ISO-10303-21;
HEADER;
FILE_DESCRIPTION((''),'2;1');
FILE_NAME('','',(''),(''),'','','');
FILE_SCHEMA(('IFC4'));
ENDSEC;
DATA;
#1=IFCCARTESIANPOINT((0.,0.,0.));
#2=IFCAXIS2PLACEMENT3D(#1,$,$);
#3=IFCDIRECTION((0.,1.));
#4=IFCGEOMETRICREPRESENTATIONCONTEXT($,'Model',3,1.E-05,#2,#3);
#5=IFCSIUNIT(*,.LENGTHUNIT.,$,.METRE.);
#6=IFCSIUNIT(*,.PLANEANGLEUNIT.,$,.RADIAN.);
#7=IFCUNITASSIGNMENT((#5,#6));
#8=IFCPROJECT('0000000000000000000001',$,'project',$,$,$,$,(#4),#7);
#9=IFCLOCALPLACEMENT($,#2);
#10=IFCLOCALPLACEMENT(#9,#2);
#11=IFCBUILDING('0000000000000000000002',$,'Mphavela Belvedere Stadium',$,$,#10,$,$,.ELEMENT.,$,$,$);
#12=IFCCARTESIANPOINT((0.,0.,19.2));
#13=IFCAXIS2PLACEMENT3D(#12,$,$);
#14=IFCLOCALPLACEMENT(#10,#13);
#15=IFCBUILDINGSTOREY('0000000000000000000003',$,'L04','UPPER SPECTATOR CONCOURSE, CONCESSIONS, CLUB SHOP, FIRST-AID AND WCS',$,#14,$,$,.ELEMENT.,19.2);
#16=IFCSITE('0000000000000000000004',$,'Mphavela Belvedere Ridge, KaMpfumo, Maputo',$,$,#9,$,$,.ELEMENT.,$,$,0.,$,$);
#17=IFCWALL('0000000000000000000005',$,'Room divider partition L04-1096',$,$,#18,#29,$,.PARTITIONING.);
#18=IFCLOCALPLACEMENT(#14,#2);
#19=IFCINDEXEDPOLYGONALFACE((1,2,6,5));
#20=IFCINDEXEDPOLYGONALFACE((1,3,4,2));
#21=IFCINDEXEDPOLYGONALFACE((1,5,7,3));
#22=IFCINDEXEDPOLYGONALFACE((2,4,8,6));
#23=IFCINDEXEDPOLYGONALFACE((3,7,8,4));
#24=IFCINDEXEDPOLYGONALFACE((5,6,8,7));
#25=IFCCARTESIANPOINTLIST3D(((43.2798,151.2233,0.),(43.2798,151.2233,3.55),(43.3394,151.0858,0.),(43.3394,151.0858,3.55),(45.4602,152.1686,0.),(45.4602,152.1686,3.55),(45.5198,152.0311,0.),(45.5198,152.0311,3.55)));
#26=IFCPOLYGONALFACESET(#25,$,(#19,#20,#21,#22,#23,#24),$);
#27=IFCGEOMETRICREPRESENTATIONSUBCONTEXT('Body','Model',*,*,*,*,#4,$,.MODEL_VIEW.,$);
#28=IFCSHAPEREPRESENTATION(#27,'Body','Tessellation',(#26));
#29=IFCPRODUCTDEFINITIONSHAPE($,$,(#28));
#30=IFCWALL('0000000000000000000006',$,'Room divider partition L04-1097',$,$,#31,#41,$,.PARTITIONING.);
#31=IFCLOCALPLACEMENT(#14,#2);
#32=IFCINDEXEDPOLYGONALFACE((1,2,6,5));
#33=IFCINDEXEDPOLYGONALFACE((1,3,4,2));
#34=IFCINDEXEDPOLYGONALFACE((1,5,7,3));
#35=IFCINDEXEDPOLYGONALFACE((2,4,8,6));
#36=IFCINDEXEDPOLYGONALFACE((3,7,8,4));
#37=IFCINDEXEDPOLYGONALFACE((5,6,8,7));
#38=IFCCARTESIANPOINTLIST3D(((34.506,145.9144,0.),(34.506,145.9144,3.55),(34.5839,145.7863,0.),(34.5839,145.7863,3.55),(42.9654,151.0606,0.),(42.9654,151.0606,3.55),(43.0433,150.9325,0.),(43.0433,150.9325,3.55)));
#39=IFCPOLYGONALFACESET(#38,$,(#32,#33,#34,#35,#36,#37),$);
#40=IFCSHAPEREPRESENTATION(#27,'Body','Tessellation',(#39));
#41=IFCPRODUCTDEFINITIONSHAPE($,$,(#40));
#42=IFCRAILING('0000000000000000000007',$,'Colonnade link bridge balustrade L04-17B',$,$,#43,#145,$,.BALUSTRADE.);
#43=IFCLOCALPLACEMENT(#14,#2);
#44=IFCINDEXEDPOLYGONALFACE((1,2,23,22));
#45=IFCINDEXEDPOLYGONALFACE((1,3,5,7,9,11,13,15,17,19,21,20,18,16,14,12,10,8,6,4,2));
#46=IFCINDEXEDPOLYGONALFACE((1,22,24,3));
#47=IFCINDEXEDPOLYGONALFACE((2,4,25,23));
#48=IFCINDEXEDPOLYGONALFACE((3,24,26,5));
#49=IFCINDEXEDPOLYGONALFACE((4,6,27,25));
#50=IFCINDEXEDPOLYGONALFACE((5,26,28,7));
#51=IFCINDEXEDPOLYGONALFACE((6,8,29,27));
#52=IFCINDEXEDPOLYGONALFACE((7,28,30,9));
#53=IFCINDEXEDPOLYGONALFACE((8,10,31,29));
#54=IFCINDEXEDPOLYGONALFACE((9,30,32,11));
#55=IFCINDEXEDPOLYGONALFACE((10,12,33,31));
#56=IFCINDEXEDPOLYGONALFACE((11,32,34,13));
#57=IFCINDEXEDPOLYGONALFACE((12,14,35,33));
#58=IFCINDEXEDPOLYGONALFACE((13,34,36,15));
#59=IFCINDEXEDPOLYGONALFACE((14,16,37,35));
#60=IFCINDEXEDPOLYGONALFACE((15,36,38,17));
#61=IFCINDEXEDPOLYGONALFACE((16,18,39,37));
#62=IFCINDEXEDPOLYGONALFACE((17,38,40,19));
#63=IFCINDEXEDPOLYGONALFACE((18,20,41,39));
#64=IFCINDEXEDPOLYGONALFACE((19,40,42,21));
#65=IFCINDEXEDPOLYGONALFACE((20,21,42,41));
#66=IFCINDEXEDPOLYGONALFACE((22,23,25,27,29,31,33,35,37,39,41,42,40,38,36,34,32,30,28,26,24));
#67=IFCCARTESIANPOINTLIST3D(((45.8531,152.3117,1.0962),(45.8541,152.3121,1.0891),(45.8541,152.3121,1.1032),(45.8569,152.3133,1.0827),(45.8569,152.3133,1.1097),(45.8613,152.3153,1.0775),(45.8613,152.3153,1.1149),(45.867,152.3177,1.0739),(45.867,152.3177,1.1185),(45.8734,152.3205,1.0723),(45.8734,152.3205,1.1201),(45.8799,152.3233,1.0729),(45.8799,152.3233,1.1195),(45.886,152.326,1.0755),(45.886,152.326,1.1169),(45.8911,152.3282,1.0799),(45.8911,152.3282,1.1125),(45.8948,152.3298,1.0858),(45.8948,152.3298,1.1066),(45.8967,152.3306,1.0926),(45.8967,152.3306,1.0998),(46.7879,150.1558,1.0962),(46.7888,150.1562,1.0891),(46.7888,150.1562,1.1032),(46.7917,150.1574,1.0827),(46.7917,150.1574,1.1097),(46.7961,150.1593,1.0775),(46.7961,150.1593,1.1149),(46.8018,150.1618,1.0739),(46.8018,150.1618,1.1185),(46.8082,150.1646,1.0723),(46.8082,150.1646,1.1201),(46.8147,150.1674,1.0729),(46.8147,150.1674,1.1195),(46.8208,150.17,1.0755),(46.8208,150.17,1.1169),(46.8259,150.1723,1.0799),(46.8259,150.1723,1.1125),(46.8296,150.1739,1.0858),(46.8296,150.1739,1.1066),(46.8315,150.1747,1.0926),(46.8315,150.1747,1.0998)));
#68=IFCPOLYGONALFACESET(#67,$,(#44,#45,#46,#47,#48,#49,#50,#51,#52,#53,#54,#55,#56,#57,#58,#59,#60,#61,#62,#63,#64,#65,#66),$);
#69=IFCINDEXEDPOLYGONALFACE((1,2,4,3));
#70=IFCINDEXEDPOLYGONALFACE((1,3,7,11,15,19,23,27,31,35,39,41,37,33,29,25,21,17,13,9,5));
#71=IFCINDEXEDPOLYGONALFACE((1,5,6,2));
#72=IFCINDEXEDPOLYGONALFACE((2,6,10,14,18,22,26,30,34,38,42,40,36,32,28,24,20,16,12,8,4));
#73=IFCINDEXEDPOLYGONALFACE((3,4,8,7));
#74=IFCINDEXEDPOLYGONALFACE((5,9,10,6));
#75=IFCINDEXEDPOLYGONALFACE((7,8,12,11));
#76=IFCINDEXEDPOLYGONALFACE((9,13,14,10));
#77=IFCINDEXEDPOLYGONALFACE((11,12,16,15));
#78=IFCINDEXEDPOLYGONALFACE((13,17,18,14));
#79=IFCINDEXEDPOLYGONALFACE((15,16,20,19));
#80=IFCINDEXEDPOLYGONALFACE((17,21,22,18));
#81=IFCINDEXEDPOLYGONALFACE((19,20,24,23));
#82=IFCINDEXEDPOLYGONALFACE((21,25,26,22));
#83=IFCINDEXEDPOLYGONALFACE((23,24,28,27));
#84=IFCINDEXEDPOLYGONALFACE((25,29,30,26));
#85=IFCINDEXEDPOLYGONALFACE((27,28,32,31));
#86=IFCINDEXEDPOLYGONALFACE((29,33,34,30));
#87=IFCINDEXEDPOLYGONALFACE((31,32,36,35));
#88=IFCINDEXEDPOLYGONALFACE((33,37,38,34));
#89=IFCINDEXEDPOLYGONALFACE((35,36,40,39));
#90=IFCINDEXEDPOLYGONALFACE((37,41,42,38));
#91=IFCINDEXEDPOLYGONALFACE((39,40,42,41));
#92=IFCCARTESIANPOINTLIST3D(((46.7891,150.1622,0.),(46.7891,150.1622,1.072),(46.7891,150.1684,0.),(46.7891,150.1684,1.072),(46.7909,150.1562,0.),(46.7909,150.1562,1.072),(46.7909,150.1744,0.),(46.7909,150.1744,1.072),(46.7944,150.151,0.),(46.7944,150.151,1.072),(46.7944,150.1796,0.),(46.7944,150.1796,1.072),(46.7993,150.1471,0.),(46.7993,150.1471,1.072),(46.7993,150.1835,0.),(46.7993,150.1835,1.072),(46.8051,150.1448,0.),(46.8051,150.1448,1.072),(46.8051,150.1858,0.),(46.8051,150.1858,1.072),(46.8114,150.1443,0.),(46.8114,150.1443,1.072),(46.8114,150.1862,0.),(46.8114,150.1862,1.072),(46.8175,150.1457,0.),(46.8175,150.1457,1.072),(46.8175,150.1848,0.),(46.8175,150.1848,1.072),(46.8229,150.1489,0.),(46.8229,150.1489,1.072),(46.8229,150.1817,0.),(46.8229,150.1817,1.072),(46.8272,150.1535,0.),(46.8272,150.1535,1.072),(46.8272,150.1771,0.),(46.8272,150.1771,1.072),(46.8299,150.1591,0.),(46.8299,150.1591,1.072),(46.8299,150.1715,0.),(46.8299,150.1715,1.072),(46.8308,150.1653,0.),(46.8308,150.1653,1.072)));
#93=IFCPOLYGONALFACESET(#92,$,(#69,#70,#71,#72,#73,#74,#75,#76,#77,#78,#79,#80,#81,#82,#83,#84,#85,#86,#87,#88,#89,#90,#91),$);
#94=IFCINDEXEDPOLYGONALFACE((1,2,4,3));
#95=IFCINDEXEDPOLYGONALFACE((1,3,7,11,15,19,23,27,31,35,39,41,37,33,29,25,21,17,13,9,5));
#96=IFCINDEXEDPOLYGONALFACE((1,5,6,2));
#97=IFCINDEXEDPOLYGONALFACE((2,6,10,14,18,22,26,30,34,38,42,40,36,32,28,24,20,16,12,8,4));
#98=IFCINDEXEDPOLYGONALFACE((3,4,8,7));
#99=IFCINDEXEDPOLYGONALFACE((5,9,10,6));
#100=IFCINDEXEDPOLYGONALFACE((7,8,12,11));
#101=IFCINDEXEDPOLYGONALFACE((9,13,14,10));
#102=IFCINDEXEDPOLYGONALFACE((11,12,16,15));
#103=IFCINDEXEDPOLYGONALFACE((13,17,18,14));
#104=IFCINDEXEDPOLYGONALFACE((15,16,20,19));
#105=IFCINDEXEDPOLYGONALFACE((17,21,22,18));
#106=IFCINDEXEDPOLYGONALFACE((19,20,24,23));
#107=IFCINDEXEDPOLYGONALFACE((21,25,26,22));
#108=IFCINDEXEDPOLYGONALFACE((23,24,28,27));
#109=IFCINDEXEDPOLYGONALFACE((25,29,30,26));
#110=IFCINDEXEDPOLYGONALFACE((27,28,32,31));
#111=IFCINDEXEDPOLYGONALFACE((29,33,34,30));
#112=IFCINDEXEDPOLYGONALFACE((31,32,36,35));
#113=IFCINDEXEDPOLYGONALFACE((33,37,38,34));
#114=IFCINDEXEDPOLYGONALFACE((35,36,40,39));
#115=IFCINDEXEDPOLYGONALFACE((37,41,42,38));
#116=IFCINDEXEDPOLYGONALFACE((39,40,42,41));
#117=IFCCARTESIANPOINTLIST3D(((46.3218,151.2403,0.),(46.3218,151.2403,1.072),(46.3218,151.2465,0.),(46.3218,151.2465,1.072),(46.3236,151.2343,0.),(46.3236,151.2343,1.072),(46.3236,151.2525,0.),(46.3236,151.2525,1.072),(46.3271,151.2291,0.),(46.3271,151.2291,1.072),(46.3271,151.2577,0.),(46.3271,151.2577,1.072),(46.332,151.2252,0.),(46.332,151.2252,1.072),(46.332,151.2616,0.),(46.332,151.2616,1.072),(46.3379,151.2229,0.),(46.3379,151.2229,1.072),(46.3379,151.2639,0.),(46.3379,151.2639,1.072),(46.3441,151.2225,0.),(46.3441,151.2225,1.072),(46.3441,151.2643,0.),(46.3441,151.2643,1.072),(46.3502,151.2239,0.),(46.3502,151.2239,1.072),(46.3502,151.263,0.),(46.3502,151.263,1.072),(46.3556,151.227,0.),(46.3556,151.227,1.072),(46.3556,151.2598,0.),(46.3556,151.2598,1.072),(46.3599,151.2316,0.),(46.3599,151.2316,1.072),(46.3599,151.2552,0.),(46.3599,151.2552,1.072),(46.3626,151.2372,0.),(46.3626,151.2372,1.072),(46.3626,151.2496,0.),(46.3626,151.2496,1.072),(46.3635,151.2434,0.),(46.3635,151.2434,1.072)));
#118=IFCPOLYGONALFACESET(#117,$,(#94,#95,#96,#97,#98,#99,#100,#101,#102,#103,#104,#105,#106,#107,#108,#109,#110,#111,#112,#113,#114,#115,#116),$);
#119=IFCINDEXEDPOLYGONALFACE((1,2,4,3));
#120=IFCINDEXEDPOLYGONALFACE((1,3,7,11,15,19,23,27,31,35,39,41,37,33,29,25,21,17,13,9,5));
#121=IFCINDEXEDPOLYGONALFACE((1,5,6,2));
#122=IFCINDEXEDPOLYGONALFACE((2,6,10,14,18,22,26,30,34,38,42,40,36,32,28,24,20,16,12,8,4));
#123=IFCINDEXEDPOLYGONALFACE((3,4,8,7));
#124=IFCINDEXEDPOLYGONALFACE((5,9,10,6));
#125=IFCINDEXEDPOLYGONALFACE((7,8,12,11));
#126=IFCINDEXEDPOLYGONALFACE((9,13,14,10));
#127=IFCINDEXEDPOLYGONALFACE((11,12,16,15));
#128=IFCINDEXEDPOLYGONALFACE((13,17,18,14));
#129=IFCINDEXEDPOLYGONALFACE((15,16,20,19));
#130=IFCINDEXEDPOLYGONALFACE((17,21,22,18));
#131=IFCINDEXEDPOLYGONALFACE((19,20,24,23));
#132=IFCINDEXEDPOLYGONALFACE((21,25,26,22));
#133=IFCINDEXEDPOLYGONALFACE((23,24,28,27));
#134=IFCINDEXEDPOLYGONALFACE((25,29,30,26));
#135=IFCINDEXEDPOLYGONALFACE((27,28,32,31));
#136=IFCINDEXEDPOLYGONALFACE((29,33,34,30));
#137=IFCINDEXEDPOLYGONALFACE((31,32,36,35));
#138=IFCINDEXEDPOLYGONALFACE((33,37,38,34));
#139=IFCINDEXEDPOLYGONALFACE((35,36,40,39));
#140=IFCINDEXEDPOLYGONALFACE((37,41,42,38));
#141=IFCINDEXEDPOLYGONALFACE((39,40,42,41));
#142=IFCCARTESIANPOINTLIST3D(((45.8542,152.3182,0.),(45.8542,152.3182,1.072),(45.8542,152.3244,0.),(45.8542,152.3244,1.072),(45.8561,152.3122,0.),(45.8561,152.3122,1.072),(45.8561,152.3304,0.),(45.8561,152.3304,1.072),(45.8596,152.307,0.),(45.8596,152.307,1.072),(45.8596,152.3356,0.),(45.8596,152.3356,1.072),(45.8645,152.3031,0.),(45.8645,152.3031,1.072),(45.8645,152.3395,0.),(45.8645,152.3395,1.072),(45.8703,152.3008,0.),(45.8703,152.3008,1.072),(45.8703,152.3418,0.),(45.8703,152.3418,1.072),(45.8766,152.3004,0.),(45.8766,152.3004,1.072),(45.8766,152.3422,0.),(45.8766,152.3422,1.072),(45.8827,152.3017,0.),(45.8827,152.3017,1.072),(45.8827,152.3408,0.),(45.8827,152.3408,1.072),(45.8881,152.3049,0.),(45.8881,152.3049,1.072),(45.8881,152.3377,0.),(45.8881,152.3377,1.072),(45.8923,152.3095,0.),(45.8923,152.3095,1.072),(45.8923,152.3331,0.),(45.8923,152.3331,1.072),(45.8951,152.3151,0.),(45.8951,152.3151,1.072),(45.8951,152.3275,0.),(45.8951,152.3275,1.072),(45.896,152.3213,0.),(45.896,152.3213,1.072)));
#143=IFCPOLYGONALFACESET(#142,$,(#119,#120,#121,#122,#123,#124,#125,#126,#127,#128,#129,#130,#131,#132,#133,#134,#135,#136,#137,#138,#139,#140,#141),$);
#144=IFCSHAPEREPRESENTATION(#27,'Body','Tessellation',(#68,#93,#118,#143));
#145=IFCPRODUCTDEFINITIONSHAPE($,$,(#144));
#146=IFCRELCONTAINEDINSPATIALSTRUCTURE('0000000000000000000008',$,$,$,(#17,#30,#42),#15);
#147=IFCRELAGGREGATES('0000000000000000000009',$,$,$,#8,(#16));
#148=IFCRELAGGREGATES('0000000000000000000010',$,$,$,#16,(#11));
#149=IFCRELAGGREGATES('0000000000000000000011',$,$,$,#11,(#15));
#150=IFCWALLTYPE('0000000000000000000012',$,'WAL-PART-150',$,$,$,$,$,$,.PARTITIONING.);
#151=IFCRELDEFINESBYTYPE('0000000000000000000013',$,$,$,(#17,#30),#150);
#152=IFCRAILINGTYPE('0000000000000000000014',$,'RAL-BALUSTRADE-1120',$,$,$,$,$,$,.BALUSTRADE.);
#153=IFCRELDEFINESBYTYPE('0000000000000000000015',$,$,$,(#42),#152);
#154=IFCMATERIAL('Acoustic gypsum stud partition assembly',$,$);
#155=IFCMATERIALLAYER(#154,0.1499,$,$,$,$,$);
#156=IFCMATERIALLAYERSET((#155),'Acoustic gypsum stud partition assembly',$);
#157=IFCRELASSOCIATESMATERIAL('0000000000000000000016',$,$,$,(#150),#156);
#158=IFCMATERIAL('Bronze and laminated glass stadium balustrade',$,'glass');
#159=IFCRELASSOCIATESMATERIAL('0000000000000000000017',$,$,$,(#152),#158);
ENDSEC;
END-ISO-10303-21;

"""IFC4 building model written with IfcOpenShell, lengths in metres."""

from ifc_helpers import new_model, si_unit, direction, frame, frame_2d, origin, origin_2d, place, context, subcontext, project, spatial, rectangle, circle, extrude, material, layer, layer_set, type_object, element, save


model = new_model("IFC4")

# Units and contexts
model_context = context("Model", 3, precision=1e-05, world=origin(), true_north=direction((0.0, 1.0)))
body_context = subcontext(model_context, "Body", "Model", "MODEL_VIEW")
ifc_project = project(units=[si_unit("LENGTHUNIT", "METRE"), si_unit("PLANEANGLEUNIT", "RADIAN")], contexts=[model_context])

# Site, building, storey
site_placement = place(None, origin())
site = spatial("IfcSite", under=ifc_project, at=site_placement, Name="Mphavela Belvedere Ridge, KaMpfumo, Maputo", CompositionType="ELEMENT", RefElevation=0.0)
building_placement = place(site_placement, origin())
building = spatial("IfcBuilding", under=site, at=building_placement, Name="Mphavela Belvedere Stadium", CompositionType="ELEMENT")
storey_placement = place(building_placement, frame((0.0, 0.0, 19.2)))
storey = spatial("IfcBuildingStorey", under=building, at=storey_placement, Name="L04", Description="UPPER SPECTATOR CONCOURSE, CONCESSIONS, CLUB SHOP, FIRST-AID AND WCS", CompositionType="ELEMENT", Elevation=19.2)

# Walls
ifc_material_1 = material(Name="Acoustic gypsum stud partition assembly")
ifc_layer_1 = layer(ifc_material_1, 0.1499)
ifc_layer_set_1 = layer_set([ifc_layer_1], Name="Acoustic gypsum stud partition assembly")
wall_type_1 = type_object("IfcWallType", Name="WAL-PART-150", PredefinedType="PARTITIONING", material=ifc_layer_set_1)
wall_1_placement = place(storey_placement, frame((45.49, 152.0999, 0.0), z_axis=(0.0, 0.0, 1.0), x_axis=(-0.917484, -0.397772, 0.0)))
element("IfcWall", 1, at=wall_1_placement, inside=storey, type_object=wall_type_1, Name="Room divider partition L04-1096", PredefinedType="PARTITIONING", context=body_context, shape_type="SweptSolid", body=[
    extrude(rectangle(XDim=2.3765, YDim=0.1499, at=frame_2d((1.1882, 0.0))), origin(), (0.0, 0.0, 1.0), 3.55),
])
wall_2_placement = place(storey_placement, frame((43.0044, 150.9966, 0.0), z_axis=(0.0, 0.0, 1.0), x_axis=(-0.854333, -0.519726, 0.0)))
element("IfcWall", 2, at=wall_2_placement, inside=storey, type_object=wall_type_1, Name="Room divider partition L04-1097", PredefinedType="PARTITIONING", context=body_context, shape_type="SweptSolid", body=[
    extrude(rectangle(XDim=9.9019, YDim=0.1499, at=frame_2d((4.9509, 0.0))), origin(), (0.0, 0.0, 1.0), 3.55),
])

# Railing
ifc_material_2 = material(Name="Bronze and laminated glass stadium balustrade", Category="glass")
railing_type = type_object("IfcRailingType", Name="RAL-BALUSTRADE-1120", PredefinedType="BALUSTRADE", material=ifc_material_2)
railing_1_placement = place(storey_placement, frame((46.8098, 150.1653, 0.0)))
element("IfcRailing", 3, at=railing_1_placement, inside=storey, type_object=railing_type, Name="Colonnade link bridge balustrade L04-17B", PredefinedType="BALUSTRADE", context=body_context, shape_type="SweptSolid", body=[
    extrude(circle(Radius=0.0239, at=origin_2d()), frame((0.0, 0.0, 1.0962), z_axis=(-0.397803, 0.917471, 0.0), x_axis=(-0.917471, -0.397803, 0.0)), (0.0, 0.0, 1.0), 2.3499),
    extrude(circle(Radius=0.021, at=origin_2d()), origin(), (0.0, 0.0, 1.0), 1.072),
    extrude(circle(Radius=0.021, at=origin_2d()), frame((-0.4673, 1.0781, 0.0)), (0.0, 0.0, 1.0), 1.072),
    extrude(circle(Radius=0.021, at=origin_2d()), frame((-0.9348, 2.156, 0.0)), (0.0, 0.0, 1.0), 1.072),
])

save(model, "model.ifc")
